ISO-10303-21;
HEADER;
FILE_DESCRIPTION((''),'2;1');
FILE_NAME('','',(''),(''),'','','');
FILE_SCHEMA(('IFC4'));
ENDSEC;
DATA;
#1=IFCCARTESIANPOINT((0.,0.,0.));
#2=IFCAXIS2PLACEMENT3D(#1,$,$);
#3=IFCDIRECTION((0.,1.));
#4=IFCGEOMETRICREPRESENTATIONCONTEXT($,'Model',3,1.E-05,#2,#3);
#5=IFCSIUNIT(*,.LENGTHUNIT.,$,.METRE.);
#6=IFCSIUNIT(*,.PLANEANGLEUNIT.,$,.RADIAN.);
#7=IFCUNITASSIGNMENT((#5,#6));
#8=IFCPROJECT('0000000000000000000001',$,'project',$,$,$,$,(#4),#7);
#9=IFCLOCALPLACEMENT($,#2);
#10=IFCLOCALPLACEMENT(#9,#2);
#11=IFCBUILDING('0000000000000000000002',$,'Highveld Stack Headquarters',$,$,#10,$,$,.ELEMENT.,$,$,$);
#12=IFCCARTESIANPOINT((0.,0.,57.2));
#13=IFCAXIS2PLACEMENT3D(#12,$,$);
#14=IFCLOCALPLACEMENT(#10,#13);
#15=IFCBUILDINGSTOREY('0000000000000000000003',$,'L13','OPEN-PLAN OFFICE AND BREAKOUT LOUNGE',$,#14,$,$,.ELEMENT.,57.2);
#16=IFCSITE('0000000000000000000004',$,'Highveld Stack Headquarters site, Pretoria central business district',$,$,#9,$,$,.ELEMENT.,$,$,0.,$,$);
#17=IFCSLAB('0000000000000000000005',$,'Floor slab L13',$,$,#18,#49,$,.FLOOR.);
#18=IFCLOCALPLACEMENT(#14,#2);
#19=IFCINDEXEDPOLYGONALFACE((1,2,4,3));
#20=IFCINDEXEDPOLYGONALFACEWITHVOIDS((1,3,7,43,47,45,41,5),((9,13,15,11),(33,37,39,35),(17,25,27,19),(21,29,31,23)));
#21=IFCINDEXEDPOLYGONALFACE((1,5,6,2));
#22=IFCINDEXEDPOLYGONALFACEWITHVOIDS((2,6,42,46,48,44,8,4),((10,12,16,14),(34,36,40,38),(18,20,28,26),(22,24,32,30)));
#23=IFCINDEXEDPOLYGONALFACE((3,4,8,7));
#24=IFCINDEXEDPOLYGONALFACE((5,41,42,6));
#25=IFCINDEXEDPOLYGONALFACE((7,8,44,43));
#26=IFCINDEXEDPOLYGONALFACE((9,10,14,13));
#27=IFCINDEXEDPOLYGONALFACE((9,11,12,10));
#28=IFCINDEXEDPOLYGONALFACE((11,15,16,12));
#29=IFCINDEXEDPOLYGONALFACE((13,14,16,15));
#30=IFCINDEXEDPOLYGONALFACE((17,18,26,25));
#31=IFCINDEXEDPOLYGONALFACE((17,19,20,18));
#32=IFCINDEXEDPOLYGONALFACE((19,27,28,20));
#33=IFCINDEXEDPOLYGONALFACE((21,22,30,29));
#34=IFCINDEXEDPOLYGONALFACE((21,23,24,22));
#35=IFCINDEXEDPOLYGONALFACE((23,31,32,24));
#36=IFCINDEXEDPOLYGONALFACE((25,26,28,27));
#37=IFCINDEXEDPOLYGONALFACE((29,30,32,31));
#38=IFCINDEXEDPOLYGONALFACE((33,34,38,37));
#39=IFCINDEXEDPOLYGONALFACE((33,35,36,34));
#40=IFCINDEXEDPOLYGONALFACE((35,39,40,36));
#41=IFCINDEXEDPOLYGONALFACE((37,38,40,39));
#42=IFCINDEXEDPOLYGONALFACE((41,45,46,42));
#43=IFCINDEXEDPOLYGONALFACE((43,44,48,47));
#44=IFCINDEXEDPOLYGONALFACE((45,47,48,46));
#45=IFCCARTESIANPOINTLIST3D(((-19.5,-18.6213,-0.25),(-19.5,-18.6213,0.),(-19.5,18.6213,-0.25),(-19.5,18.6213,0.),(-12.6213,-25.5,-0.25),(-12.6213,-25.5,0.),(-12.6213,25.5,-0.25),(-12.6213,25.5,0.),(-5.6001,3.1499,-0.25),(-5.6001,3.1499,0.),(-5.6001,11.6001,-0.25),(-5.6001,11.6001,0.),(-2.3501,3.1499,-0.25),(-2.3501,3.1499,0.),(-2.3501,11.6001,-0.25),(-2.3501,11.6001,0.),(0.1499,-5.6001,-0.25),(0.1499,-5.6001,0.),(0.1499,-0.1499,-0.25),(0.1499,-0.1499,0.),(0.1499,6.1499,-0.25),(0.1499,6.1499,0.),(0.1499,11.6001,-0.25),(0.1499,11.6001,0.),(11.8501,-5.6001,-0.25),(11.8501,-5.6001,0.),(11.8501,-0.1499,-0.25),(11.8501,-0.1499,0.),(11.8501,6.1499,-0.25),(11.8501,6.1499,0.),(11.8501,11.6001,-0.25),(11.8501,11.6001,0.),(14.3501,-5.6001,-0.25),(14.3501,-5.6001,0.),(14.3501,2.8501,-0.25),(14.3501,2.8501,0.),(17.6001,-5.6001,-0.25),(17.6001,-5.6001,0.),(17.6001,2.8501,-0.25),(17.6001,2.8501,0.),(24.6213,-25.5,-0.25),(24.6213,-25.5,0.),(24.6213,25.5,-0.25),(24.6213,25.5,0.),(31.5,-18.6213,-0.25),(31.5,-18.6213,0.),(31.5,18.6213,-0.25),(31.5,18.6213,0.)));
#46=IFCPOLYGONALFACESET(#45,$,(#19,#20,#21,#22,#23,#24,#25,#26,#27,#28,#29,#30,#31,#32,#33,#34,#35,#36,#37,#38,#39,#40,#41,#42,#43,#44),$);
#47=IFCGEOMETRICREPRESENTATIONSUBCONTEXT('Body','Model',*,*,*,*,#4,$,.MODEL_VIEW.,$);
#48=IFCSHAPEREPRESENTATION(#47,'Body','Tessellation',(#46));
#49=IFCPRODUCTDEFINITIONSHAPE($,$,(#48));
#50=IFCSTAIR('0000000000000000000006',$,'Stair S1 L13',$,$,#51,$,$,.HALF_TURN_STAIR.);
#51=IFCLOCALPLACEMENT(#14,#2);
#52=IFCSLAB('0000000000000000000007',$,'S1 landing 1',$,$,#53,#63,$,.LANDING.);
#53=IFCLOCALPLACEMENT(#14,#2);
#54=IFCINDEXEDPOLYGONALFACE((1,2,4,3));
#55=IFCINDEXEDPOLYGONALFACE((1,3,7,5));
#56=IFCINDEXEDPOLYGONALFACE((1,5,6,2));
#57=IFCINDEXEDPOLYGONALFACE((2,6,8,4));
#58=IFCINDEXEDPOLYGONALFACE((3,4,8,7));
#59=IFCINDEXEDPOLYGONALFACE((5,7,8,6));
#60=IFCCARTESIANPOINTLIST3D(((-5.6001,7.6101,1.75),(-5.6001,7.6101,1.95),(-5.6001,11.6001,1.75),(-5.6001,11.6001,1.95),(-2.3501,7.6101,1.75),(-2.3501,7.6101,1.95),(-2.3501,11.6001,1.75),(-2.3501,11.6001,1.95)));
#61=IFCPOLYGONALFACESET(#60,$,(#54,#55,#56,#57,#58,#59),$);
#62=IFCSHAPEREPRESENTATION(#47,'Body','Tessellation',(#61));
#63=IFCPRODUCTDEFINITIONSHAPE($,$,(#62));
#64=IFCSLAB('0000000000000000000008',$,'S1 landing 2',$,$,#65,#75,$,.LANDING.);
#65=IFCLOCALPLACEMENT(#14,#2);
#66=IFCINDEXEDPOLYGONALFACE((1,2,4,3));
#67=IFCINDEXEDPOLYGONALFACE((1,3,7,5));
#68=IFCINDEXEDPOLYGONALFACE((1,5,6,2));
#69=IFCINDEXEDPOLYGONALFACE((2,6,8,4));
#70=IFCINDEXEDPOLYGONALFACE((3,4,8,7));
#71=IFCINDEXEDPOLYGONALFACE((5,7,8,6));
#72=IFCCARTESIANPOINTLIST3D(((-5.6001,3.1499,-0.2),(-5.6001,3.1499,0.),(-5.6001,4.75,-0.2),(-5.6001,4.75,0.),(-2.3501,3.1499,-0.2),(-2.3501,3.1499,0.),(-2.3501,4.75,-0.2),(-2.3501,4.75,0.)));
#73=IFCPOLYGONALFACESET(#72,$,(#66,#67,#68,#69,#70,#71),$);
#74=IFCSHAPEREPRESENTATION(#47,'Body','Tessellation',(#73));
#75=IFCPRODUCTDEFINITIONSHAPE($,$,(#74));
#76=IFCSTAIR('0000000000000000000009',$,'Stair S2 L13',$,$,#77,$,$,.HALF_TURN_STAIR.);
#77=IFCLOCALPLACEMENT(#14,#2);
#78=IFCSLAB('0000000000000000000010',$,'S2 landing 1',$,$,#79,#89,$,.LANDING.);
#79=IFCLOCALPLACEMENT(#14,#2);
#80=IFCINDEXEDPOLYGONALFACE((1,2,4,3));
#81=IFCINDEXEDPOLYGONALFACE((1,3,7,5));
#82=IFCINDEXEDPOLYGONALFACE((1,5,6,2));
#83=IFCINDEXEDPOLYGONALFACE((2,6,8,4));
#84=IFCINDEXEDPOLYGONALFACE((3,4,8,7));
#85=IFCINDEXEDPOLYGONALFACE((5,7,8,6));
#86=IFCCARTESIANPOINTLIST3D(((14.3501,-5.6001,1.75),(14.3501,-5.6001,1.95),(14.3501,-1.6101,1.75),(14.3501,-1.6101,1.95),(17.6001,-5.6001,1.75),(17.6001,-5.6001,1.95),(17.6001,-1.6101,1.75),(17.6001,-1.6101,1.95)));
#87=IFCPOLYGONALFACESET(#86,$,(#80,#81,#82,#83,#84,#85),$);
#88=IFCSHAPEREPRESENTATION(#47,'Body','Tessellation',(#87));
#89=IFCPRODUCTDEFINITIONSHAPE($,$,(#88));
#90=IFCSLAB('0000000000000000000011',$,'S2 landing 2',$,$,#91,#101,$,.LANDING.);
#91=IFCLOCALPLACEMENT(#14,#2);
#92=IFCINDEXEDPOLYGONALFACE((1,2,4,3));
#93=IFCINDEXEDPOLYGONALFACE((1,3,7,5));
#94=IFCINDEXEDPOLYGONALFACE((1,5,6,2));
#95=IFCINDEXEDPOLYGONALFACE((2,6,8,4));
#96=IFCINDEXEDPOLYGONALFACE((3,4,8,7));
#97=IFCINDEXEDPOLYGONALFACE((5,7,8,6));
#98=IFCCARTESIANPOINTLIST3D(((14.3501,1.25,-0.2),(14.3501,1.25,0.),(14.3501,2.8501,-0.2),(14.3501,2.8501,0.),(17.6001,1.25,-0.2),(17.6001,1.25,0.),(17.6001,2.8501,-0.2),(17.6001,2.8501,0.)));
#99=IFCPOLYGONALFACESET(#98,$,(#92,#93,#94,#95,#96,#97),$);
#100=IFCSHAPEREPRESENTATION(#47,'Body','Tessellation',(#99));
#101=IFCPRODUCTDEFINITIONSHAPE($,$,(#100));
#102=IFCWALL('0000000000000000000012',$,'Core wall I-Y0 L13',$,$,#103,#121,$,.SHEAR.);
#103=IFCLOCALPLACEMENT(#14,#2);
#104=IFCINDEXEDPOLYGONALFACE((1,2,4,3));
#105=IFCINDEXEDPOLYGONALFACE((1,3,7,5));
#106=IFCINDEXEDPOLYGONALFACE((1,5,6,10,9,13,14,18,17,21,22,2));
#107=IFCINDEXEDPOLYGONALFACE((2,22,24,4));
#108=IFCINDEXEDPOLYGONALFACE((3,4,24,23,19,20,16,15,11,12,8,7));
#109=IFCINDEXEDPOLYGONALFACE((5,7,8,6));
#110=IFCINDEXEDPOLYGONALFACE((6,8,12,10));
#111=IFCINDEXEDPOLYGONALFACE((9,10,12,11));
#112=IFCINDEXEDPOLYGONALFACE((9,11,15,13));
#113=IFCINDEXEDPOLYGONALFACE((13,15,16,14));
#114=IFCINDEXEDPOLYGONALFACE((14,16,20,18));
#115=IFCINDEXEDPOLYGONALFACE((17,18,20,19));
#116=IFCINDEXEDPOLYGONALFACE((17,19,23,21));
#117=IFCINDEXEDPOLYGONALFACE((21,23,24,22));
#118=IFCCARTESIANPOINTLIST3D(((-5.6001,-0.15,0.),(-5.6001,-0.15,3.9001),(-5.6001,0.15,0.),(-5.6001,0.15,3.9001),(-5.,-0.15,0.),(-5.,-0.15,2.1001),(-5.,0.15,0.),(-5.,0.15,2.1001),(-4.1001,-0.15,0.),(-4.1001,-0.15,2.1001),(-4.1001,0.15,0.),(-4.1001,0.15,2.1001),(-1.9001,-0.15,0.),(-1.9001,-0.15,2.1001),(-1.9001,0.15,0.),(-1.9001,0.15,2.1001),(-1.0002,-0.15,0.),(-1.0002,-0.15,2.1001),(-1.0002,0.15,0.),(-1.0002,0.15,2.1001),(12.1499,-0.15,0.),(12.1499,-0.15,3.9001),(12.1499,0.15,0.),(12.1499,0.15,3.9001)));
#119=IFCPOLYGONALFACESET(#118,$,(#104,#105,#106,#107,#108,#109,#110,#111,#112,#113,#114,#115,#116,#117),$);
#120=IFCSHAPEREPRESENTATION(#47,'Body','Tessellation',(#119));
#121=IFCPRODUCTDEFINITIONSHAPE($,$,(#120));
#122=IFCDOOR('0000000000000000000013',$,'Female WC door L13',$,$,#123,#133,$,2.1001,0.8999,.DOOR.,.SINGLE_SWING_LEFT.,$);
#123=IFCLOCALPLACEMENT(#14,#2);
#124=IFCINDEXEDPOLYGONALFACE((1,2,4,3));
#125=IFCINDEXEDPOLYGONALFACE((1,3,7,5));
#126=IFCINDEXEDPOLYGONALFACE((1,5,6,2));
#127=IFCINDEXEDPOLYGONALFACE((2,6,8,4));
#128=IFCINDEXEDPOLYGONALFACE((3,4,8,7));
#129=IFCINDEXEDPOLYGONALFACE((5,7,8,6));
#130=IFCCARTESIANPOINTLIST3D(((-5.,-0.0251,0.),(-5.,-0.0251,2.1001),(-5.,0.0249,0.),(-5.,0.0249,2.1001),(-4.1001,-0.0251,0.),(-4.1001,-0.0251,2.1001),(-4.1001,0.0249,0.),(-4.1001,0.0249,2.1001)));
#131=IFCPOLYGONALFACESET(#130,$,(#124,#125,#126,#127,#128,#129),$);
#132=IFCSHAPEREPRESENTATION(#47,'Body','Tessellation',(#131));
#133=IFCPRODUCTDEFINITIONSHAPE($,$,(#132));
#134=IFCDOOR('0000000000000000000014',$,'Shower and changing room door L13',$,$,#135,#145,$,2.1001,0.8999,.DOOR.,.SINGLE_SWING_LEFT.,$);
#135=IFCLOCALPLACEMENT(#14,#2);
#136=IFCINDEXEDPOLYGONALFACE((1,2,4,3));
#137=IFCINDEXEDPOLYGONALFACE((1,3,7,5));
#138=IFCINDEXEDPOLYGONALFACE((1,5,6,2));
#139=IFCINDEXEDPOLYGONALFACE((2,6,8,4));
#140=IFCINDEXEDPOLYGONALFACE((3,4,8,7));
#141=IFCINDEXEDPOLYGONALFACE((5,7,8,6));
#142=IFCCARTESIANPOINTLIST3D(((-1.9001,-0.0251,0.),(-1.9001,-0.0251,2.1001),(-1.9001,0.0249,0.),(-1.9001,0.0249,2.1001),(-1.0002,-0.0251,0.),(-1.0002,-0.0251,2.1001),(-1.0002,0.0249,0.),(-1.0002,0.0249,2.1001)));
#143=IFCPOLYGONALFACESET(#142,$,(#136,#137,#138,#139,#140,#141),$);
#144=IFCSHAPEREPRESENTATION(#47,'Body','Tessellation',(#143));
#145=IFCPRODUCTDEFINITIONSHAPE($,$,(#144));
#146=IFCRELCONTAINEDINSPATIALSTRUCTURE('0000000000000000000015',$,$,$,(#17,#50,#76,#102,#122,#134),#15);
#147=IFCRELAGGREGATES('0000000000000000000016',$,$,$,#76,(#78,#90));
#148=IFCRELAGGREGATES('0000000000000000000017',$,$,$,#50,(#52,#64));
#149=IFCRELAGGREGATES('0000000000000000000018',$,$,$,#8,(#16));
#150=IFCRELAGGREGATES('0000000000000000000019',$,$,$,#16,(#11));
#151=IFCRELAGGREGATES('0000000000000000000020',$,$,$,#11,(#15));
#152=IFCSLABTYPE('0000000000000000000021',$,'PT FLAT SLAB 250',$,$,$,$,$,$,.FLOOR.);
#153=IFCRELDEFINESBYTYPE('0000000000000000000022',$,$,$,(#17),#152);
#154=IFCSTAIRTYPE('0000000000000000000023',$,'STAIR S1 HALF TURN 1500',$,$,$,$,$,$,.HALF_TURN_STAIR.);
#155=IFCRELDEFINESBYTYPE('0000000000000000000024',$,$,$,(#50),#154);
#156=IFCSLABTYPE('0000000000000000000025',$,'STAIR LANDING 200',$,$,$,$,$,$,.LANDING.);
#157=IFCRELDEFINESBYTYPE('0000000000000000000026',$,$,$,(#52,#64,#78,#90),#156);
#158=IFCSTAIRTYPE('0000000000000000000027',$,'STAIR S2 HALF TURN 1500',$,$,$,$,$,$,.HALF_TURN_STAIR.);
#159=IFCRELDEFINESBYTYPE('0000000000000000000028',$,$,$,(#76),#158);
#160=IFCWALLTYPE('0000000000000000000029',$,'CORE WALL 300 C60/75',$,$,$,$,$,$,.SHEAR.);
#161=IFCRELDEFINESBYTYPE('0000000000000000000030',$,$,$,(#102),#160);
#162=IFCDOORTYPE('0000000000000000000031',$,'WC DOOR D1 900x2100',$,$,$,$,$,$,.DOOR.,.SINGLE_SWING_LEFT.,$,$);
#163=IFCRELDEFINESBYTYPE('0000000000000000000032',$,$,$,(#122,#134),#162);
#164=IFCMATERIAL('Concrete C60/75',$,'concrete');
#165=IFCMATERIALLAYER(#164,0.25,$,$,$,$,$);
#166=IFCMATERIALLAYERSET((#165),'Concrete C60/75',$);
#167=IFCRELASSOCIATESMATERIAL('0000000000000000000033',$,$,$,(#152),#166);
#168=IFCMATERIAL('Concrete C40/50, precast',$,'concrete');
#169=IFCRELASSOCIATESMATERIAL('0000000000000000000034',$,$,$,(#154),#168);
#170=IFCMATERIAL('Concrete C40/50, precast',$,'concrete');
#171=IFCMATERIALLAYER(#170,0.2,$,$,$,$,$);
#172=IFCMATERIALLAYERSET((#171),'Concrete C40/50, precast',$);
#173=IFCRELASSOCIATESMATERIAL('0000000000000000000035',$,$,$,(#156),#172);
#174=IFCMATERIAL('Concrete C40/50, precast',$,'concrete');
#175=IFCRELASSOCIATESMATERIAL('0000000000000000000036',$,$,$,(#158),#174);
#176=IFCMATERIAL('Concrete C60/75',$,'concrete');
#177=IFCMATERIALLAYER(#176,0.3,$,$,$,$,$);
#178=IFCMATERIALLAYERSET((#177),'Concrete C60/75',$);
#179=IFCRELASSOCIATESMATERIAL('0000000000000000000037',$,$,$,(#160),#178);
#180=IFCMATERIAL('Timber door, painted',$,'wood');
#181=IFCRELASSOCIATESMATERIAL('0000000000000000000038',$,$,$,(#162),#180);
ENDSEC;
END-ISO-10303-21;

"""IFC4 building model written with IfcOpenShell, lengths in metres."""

from ifc_helpers import new_model, si_unit, direction, frame, frame_2d, origin, place, context, subcontext, project, spatial, polyline, rectangle, outline, extrude, material, layer, layer_set, type_object, element, fill, aggregate, save


model = new_model("IFC4")

# Units and contexts
model_context = context("Model", 3, precision=1e-05, world=origin(), true_north=direction((0.0, 1.0)))
body_context = subcontext(model_context, "Body", "Model", "MODEL_VIEW")
ifc_project = project(units=[si_unit("LENGTHUNIT", "METRE"), si_unit("PLANEANGLEUNIT", "RADIAN")], contexts=[model_context])

# Site, building, storey
site_placement = place(None, origin())
site = spatial("IfcSite", under=ifc_project, at=site_placement, Name="Highveld Stack Headquarters site, Pretoria central business district", CompositionType="ELEMENT", RefElevation=0.0)
building_placement = place(site_placement, origin())
building = spatial("IfcBuilding", under=site, at=building_placement, Name="Highveld Stack Headquarters", CompositionType="ELEMENT")
storey_placement = place(building_placement, frame((0.0, 0.0, 57.2)))
storey = spatial("IfcBuildingStorey", under=building, at=storey_placement, Name="L13", Description="OPEN-PLAN OFFICE AND BREAKOUT LOUNGE", CompositionType="ELEMENT", Elevation=57.2)

# Slab
ifc_material_1 = material(Name="Concrete C60/75", Category="concrete")
ifc_layer_1 = layer(ifc_material_1, 0.25)
ifc_layer_set_1 = layer_set([ifc_layer_1], Name="Concrete C60/75")
slab_type_1 = type_object("IfcSlabType", Name="PT FLAT SLAB 250", PredefinedType="FLOOR", material=ifc_layer_set_1)
slab_1_placement = place(storey_placement, frame((0.0, 0.0, -0.25)))
element("IfcSlab", 1, at=slab_1_placement, inside=storey, type_object=slab_type_1, Name="Floor slab L13", PredefinedType="FLOOR", context=body_context, shape_type="SweptSolid", body=[
    extrude(outline(polyline([(-12.6213, -25.5), (24.6213, -25.5), (31.5, -18.6213), (31.5, 18.6213), (24.6213, 25.5), (-12.6213, 25.5), (-19.5, 18.6213), (-19.5, -18.6213), (-12.6213, -25.5)]), holes=[polyline([(0.1499, 6.1499), (11.8501, 6.1499), (11.8501, 11.6001), (0.1499, 11.6001), (0.1499, 6.1499)]), polyline([(0.1499, -5.6001), (11.8501, -5.6001), (11.8501, -0.1499), (0.1499, -0.1499), (0.1499, -5.6001)]), polyline([(-5.6001, 3.1499), (-2.3501, 3.1499), (-2.3501, 11.6001), (-5.6001, 11.6001), (-5.6001, 3.1499)]), polyline([(14.3501, -5.6001), (17.6001, -5.6001), (17.6001, 2.8501), (14.3501, 2.8501), (14.3501, -5.6001)])]), origin(), (0.0, 0.0, 1.0), 0.25),
])

# Stairs, slabs
ifc_material_2 = material(Name="Concrete C40/50, precast", Category="concrete")
stair_type_1 = type_object("IfcStairType", Name="STAIR S1 HALF TURN 1500", PredefinedType="HALF_TURN_STAIR", material=ifc_material_2)
stair_1_placement = place(storey_placement, origin())
stair_1 = element("IfcStair", 2, at=stair_1_placement, inside=storey, type_object=stair_type_1, Name="Stair S1 L13", PredefinedType="HALF_TURN_STAIR")
ifc_material_3 = material(Name="Concrete C40/50, precast", Category="concrete")
ifc_layer_2 = layer(ifc_material_3, 0.2)
ifc_layer_set_2 = layer_set([ifc_layer_2], Name="Concrete C40/50, precast")
slab_type_2 = type_object("IfcSlabType", Name="STAIR LANDING 200", PredefinedType="LANDING", material=ifc_layer_set_2)
slab_2_placement = place(storey_placement, frame((0.0, 0.0, 1.75)))
slab_2 = element("IfcSlab", 3, at=slab_2_placement, type_object=slab_type_2, Name="S1 landing 1", PredefinedType="LANDING", context=body_context, shape_type="SweptSolid", body=[
    extrude(outline(polyline([(-5.6001, 7.6101), (-2.3501, 7.6101), (-2.3501, 11.6001), (-5.6001, 11.6001), (-5.6001, 7.6101)])), origin(), (0.0, 0.0, 1.0), 0.2),
])
slab_3_placement = place(storey_placement, frame((0.0, 0.0, -0.2)))
slab_3 = element("IfcSlab", 4, at=slab_3_placement, type_object=slab_type_2, Name="S1 landing 2", PredefinedType="LANDING", context=body_context, shape_type="SweptSolid", body=[
    extrude(outline(polyline([(-5.6001, 3.1499), (-2.3501, 3.1499), (-2.3501, 4.75), (-5.6001, 4.75), (-5.6001, 3.1499)])), origin(), (0.0, 0.0, 1.0), 0.2),
])
ifc_material_4 = material(Name="Concrete C40/50, precast", Category="concrete")
stair_type_2 = type_object("IfcStairType", Name="STAIR S2 HALF TURN 1500", PredefinedType="HALF_TURN_STAIR", material=ifc_material_4)
stair_2_placement = place(storey_placement, origin())
stair_2 = element("IfcStair", 5, at=stair_2_placement, inside=storey, type_object=stair_type_2, Name="Stair S2 L13", PredefinedType="HALF_TURN_STAIR")
slab_4_placement = place(storey_placement, frame((0.0, 0.0, 1.75)))
slab_4 = element("IfcSlab", 6, at=slab_4_placement, type_object=slab_type_2, Name="S2 landing 1", PredefinedType="LANDING", context=body_context, shape_type="SweptSolid", body=[
    extrude(outline(polyline([(14.3501, -5.6001), (17.6001, -5.6001), (17.6001, -1.6101), (14.3501, -1.6101), (14.3501, -5.6001)])), origin(), (0.0, 0.0, 1.0), 0.2),
])
slab_5_placement = place(storey_placement, frame((0.0, 0.0, -0.2)))
slab_5 = element("IfcSlab", 7, at=slab_5_placement, type_object=slab_type_2, Name="S2 landing 2", PredefinedType="LANDING", context=body_context, shape_type="SweptSolid", body=[
    extrude(outline(polyline([(14.3501, 1.25), (17.6001, 1.25), (17.6001, 2.8501), (14.3501, 2.8501), (14.3501, 1.25)])), origin(), (0.0, 0.0, 1.0), 0.2),
])
aggregate(stair_2, [slab_4, slab_5])

# Wall, openings, doors
ifc_material_5 = material(Name="Concrete C60/75", Category="concrete")
ifc_layer_3 = layer(ifc_material_5, 0.3)
ifc_layer_set_3 = layer_set([ifc_layer_3], Name="Concrete C60/75")
wall_type = type_object("IfcWallType", Name="CORE WALL 300 C60/75", PredefinedType="SHEAR", material=ifc_layer_set_3)
wall_1_placement = place(storey_placement, frame((-5.6001, 0.0, 0.0), z_axis=(0.0, 0.0, 1.0), x_axis=(1.0, 0.0, 0.0)))
wall_1 = element("IfcWall", 8, at=wall_1_placement, inside=storey, type_object=wall_type, Name="Core wall I-Y0 L13", PredefinedType="SHEAR", context=body_context, shape_type="SweptSolid", body=[
    extrude(rectangle(XDim=17.75, YDim=0.3, at=frame_2d((8.875, 0.0))), origin(), (0.0, 0.0, 1.0), 3.9001),
])
opening_1_placement = place(wall_1_placement, frame((0.6001, 0.0, 0.0)))
opening_1 = element("IfcOpeningElement", 9, at=opening_1_placement, cuts=wall_1, PredefinedType="OPENING", context=body_context, shape_type="SweptSolid", body=[
    extrude(rectangle(XDim=0.8999, YDim=2.1001, at=frame_2d((0.45, 1.05))), frame((0.0, 0.1599, 0.0), z_axis=(0.0, -1.0, 0.0), x_axis=(1.0, 0.0, 0.0)), (0.0, 0.0, 1.0), 0.3201),
])
opening_2_placement = place(wall_1_placement, frame((3.7, 0.0, 0.0)))
opening_2 = element("IfcOpeningElement", 10, at=opening_2_placement, cuts=wall_1, PredefinedType="OPENING", context=body_context, shape_type="SweptSolid", body=[
    extrude(rectangle(XDim=0.8999, YDim=2.1001, at=frame_2d((0.45, 1.05))), frame((0.0, 0.1599, 0.0), z_axis=(0.0, -1.0, 0.0), x_axis=(1.0, 0.0, 0.0)), (0.0, 0.0, 1.0), 0.3201),
])
ifc_material_6 = material(Name="Timber door, painted", Category="wood")
door_type_1 = type_object("IfcDoorType", Name="WC DOOR D1 900x2100", OperationType="SINGLE_SWING_LEFT", PredefinedType="DOOR", material=ifc_material_6)
door_1_placement = place(opening_1_placement, origin())
door_1 = element("IfcDoor", 11, at=door_1_placement, inside=storey, type_object=door_type_1, Name="Female WC door L13", OperationType="SINGLE_SWING_LEFT", OverallHeight=2.1001, OverallWidth=0.8999, PredefinedType="DOOR", context=body_context, shape_type="SweptSolid", body=[
    extrude(rectangle(XDim=0.8999, YDim=2.1001, at=frame_2d((0.45, 1.05))), frame((0.0, 0.0249, 0.0), z_axis=(0.0, -1.0, 0.0), x_axis=(1.0, 0.0, 0.0)), (0.0, 0.0, 1.0), 0.05),
])
fill(opening_1, door_1)
door_2_placement = place(opening_2_placement, origin())
door_2 = element("IfcDoor", 12, at=door_2_placement, inside=storey, type_object=door_type_1, Name="Shower and changing room door L13", OperationType="SINGLE_SWING_LEFT", OverallHeight=2.1001, OverallWidth=0.8999, PredefinedType="DOOR", context=body_context, shape_type="SweptSolid", body=[
    extrude(rectangle(XDim=0.8999, YDim=2.1001, at=frame_2d((0.45, 1.05))), frame((0.0, 0.0249, 0.0), z_axis=(0.0, -1.0, 0.0), x_axis=(1.0, 0.0, 0.0)), (0.0, 0.0, 1.0), 0.05),
])
fill(opening_2, door_2)

aggregate(stair_1, [slab_2, slab_3])

save(model, "model.ifc")
